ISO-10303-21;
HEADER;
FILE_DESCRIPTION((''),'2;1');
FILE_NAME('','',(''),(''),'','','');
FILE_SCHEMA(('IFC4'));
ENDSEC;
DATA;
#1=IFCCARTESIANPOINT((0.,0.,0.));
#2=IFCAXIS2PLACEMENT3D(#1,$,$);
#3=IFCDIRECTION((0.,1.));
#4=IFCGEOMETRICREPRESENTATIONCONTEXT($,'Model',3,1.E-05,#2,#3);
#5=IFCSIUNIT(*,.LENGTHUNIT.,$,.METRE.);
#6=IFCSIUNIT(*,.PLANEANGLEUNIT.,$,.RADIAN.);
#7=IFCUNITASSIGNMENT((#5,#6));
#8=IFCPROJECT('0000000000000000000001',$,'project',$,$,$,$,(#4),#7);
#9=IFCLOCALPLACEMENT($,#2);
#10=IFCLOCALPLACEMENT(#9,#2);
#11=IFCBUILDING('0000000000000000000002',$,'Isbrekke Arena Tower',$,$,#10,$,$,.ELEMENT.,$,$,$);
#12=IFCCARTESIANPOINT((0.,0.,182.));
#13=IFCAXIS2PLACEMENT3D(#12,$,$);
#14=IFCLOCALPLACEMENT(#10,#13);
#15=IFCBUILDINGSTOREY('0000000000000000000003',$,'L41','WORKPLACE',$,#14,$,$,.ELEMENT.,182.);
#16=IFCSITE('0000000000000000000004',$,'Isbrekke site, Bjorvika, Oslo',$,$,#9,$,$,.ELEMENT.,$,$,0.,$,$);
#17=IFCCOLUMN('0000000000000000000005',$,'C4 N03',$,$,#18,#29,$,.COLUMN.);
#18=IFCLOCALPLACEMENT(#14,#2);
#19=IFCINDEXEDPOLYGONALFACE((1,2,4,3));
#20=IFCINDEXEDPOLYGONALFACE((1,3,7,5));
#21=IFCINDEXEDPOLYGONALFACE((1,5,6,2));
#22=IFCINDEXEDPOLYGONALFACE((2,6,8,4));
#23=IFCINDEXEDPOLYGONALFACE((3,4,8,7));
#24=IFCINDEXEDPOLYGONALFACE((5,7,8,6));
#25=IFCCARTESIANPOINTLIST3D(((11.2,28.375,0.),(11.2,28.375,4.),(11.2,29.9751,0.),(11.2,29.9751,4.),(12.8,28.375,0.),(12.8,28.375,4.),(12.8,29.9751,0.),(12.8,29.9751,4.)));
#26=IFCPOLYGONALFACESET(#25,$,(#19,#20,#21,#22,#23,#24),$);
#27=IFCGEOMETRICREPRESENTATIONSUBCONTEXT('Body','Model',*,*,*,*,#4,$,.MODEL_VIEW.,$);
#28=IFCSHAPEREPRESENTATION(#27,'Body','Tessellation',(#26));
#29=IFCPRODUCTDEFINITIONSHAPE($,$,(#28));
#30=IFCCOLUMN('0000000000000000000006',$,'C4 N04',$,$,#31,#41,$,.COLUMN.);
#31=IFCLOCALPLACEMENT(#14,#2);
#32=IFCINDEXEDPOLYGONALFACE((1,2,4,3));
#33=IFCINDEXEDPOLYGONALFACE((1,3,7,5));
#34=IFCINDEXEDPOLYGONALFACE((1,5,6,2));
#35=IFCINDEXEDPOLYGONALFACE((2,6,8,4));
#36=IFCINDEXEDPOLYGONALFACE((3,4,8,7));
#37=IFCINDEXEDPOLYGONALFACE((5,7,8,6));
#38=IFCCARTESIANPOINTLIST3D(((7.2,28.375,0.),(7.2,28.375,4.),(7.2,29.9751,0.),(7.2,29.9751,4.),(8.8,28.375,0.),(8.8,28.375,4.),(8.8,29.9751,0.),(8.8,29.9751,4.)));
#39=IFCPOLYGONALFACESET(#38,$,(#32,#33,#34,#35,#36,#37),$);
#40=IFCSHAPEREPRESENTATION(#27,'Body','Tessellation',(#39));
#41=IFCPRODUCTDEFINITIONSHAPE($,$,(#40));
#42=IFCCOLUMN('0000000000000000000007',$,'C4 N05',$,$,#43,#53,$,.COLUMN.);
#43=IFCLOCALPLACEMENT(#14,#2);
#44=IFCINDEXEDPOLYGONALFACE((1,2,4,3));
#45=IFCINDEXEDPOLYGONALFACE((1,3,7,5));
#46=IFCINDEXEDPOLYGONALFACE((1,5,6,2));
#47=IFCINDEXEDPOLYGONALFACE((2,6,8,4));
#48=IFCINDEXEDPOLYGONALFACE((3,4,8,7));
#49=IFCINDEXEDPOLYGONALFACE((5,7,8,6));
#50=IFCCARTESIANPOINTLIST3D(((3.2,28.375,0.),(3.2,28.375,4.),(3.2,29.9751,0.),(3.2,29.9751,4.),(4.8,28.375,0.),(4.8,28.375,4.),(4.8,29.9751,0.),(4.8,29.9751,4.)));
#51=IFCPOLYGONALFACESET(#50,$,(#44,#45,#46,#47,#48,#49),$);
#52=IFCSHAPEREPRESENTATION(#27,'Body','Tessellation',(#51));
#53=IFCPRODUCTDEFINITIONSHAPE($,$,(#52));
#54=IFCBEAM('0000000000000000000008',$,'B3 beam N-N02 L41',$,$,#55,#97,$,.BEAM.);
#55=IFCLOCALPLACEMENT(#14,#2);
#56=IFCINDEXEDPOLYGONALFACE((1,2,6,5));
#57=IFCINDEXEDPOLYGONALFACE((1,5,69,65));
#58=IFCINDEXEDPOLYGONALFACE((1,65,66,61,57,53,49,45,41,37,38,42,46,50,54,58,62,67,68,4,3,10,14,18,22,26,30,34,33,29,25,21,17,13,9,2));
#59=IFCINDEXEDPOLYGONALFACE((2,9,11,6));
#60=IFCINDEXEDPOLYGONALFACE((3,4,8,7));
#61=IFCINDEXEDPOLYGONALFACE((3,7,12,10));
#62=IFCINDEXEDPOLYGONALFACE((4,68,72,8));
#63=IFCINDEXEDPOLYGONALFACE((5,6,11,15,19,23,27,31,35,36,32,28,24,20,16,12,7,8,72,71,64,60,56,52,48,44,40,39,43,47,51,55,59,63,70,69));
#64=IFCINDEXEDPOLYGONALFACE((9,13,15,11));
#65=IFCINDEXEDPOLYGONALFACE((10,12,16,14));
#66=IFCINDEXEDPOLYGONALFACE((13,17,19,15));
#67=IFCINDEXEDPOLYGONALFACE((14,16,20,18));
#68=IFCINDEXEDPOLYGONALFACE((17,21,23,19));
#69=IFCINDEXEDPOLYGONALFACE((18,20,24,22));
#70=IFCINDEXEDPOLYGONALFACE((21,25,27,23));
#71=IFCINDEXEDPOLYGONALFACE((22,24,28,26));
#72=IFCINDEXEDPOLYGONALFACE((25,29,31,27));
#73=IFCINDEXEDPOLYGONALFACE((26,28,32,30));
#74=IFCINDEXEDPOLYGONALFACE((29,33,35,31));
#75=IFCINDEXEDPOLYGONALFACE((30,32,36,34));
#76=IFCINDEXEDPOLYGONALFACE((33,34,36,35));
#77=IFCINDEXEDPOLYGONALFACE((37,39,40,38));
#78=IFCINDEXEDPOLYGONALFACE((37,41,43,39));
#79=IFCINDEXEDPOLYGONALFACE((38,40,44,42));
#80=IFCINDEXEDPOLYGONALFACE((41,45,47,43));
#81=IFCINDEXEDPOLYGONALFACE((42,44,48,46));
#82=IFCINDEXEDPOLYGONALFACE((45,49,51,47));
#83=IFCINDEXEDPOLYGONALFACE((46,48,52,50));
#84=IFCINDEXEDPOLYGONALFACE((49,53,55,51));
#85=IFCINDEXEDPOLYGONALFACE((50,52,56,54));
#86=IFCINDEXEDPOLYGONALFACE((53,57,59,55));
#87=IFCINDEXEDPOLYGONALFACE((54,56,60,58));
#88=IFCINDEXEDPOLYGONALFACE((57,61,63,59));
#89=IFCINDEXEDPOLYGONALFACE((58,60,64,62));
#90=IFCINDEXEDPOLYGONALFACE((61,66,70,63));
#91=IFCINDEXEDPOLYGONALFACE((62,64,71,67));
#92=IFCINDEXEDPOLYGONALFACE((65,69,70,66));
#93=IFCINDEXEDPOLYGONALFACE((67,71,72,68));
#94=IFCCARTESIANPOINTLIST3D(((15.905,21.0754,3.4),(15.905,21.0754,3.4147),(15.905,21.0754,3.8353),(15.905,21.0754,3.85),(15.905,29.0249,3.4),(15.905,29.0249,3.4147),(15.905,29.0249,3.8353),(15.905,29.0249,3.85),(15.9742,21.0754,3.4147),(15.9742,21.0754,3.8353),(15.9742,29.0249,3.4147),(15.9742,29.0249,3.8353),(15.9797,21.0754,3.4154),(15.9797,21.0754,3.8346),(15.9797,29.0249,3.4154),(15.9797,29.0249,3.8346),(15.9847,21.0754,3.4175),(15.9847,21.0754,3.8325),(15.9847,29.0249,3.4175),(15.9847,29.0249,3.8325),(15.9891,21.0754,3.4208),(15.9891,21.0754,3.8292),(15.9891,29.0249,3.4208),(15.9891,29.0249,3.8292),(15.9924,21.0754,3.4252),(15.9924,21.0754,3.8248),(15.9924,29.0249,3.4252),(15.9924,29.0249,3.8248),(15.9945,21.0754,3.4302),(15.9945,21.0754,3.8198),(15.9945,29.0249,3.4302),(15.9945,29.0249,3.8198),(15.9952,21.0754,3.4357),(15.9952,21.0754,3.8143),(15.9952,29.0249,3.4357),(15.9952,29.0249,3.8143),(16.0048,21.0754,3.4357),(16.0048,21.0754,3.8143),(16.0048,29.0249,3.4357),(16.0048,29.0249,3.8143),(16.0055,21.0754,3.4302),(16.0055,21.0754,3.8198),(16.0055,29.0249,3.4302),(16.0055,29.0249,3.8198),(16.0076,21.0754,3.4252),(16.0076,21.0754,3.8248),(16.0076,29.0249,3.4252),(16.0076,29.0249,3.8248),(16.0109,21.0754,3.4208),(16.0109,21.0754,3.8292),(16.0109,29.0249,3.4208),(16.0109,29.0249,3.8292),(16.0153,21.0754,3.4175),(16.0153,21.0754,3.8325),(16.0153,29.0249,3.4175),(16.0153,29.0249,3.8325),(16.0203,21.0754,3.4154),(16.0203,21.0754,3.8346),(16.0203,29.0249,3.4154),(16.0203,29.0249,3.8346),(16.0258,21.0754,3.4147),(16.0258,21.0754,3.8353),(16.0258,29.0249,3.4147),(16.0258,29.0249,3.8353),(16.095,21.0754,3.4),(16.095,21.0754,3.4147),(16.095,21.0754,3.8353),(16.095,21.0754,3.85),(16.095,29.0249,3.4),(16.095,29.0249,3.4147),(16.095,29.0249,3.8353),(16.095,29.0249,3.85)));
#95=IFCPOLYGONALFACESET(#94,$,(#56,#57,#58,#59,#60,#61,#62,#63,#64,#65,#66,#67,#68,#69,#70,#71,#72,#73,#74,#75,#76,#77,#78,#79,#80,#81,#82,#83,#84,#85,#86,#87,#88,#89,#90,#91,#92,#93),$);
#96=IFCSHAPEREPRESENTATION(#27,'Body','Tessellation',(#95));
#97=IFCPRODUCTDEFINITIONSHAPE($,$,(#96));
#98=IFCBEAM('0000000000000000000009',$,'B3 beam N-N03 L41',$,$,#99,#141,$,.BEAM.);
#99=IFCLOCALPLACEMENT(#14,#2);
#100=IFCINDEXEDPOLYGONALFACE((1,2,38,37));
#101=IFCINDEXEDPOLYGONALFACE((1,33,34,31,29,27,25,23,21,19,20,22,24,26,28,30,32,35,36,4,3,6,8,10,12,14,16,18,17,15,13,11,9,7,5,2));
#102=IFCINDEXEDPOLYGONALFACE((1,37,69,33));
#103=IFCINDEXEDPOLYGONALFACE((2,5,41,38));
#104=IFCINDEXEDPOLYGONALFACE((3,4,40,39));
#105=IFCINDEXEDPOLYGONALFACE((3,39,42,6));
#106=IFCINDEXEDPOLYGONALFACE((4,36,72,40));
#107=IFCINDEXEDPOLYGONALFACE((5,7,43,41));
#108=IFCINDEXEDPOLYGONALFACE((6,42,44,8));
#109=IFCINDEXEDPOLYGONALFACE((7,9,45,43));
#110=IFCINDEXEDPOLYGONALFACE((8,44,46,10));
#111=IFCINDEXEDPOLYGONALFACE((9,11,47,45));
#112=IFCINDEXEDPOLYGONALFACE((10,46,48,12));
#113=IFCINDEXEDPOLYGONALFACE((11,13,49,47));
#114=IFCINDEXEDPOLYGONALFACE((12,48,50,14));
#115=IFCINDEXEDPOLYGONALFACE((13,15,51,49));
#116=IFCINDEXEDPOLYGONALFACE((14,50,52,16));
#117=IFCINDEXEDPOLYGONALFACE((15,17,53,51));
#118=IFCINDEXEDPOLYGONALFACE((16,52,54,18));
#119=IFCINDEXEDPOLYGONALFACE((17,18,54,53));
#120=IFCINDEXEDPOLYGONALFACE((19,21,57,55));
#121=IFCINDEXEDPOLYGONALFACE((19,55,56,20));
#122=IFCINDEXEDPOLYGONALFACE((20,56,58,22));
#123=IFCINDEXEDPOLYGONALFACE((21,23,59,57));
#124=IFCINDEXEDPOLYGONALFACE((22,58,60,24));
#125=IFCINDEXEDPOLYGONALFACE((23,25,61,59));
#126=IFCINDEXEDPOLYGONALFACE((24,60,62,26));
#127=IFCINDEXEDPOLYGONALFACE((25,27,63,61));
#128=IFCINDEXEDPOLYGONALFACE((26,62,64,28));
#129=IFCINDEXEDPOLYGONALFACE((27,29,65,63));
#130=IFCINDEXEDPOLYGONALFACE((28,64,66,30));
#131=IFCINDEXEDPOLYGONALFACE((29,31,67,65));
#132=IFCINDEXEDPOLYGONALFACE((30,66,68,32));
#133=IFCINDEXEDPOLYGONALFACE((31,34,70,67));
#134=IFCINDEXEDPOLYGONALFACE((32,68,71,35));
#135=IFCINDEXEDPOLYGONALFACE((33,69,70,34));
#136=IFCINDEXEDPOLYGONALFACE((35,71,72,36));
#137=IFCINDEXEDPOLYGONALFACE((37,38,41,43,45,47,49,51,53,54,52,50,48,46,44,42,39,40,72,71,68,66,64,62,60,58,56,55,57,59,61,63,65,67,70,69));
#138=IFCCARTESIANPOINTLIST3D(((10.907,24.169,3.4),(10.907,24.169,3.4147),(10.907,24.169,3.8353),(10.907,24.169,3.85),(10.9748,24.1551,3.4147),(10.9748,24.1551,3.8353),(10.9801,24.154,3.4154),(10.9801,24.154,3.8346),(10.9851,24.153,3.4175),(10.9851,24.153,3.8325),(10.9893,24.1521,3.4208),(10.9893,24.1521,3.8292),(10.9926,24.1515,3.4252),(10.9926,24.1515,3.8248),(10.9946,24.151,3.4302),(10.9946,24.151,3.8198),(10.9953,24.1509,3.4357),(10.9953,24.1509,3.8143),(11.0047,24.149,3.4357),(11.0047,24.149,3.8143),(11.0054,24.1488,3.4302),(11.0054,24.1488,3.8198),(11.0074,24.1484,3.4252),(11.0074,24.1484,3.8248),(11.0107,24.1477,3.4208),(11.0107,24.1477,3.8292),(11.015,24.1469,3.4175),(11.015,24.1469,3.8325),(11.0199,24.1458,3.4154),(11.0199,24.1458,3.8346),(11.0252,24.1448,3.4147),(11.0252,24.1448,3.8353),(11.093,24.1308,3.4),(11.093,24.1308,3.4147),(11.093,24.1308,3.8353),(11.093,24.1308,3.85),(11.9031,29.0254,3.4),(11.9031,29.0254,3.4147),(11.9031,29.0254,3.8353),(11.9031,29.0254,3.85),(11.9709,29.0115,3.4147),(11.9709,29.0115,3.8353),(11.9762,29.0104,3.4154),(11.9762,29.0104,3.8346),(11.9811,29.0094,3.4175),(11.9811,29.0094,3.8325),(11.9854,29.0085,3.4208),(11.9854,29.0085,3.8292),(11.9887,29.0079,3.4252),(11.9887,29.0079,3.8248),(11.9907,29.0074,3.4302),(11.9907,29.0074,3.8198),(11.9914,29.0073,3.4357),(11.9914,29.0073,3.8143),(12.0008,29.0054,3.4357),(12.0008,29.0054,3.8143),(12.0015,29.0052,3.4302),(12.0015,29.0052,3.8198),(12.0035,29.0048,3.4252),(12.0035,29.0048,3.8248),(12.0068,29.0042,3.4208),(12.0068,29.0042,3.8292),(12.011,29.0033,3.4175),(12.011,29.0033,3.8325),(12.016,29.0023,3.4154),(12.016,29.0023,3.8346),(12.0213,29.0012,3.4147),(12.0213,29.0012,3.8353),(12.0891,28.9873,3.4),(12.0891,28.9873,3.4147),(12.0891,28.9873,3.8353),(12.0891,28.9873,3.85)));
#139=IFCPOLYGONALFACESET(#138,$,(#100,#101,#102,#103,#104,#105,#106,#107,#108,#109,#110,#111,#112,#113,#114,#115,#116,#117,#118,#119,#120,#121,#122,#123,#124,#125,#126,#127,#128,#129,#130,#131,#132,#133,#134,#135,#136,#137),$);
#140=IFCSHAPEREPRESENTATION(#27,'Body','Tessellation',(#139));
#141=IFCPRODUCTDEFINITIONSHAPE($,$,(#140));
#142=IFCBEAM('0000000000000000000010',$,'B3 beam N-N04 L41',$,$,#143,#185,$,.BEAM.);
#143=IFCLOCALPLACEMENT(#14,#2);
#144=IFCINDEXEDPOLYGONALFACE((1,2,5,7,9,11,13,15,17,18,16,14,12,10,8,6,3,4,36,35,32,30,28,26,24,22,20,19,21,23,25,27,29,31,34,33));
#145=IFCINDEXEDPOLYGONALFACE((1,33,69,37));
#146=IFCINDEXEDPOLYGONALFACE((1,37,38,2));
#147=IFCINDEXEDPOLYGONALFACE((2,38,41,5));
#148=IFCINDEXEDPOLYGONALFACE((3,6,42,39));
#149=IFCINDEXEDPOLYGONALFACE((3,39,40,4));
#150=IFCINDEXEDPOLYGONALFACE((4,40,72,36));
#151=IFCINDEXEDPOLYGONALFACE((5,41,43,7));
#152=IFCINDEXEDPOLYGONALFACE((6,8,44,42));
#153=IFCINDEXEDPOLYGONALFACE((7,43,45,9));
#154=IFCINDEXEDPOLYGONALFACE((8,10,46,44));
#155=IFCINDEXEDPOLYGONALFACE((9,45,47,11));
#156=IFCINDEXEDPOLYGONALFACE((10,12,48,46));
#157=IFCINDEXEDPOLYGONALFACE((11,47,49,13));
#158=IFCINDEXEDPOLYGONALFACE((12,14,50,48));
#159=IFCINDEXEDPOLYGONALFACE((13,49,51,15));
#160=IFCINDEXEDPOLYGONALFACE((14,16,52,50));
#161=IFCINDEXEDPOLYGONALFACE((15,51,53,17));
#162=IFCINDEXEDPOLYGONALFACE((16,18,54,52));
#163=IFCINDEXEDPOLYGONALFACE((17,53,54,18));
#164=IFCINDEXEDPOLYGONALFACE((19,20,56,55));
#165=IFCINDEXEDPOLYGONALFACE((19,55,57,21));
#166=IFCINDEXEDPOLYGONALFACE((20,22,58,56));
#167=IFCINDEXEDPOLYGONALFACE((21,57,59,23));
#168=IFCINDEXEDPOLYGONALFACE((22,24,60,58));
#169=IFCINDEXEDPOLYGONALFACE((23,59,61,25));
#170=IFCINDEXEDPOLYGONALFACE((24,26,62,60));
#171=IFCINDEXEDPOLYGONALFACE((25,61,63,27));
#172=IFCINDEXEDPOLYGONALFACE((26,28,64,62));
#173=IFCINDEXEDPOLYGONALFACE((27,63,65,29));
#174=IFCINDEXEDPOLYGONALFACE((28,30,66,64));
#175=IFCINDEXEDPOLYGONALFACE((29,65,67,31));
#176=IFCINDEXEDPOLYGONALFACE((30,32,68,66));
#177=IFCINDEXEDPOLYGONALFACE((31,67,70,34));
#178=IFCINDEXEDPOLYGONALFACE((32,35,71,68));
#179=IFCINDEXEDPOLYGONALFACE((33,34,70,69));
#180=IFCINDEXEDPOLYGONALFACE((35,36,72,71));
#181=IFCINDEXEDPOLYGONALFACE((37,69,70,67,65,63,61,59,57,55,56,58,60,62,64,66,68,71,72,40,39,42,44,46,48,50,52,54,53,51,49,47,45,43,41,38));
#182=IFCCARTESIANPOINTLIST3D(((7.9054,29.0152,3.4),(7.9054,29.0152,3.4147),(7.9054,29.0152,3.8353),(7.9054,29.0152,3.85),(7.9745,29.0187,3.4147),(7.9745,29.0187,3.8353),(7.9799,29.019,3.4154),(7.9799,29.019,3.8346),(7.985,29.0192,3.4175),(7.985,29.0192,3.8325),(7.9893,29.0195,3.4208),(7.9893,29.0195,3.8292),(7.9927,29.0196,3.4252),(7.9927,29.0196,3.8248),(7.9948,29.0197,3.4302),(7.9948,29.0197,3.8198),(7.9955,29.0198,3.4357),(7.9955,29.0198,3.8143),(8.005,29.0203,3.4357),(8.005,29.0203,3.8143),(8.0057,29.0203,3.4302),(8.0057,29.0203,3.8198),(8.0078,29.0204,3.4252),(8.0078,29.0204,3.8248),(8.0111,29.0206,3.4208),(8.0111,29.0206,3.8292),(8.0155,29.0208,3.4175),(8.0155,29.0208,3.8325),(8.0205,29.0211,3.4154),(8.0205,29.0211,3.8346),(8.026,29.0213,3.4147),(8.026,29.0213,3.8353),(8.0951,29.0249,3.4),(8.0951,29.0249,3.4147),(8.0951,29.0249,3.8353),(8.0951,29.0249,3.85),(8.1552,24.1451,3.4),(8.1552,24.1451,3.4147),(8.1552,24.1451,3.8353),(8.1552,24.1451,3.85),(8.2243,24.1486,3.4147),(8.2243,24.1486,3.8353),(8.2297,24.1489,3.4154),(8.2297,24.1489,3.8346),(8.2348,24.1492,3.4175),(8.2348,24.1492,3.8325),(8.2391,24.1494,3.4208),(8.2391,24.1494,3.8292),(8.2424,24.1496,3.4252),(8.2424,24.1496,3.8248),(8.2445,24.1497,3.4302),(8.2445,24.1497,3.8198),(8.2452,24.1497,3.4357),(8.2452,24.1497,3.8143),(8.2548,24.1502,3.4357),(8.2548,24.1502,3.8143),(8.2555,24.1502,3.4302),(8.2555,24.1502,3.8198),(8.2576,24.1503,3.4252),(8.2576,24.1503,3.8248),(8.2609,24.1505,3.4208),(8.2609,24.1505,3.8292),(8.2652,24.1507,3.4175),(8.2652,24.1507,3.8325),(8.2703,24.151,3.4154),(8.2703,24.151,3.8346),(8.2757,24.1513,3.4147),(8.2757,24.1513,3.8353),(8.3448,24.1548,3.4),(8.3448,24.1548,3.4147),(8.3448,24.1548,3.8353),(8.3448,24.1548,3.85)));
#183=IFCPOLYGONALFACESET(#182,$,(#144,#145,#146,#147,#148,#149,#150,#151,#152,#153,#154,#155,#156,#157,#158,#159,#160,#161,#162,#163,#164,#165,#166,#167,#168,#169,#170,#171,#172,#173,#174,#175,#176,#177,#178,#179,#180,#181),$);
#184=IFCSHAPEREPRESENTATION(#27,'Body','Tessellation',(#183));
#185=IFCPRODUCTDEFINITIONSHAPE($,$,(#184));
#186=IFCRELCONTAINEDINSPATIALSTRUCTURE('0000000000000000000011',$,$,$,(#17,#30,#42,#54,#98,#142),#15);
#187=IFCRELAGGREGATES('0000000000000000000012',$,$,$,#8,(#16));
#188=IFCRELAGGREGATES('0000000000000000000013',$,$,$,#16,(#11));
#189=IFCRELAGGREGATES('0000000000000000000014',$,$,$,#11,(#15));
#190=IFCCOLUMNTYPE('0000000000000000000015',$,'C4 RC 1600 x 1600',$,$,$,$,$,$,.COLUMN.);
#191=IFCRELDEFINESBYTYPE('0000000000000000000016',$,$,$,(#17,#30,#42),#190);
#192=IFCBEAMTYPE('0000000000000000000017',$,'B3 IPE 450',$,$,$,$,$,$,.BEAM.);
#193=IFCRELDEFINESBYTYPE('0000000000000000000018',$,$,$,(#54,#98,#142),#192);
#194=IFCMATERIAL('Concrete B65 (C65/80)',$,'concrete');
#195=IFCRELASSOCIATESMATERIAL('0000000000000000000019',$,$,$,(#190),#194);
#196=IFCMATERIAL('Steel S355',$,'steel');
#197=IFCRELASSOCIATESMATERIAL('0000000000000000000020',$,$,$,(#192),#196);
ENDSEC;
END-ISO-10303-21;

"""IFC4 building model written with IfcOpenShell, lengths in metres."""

from ifc_helpers import new_model, si_unit, direction, frame, origin, origin_2d, place, context, subcontext, project, spatial, rectangle, i_section, extrude, material, material_profile, profile_set, type_object, element, save


model = new_model("IFC4")

# Units and contexts
model_context = context("Model", 3, precision=1e-05, world=origin(), true_north=direction((0.0, 1.0)))
body_context = subcontext(model_context, "Body", "Model", "MODEL_VIEW")
ifc_project = project(units=[si_unit("LENGTHUNIT", "METRE"), si_unit("PLANEANGLEUNIT", "RADIAN")], contexts=[model_context])

# Site, building, storey
site_placement = place(None, origin())
site = spatial("IfcSite", under=ifc_project, at=site_placement, Name="Isbrekke site, Bjorvika, Oslo", CompositionType="ELEMENT", RefElevation=0.0)
building_placement = place(site_placement, origin())
building = spatial("IfcBuilding", under=site, at=building_placement, Name="Isbrekke Arena Tower", CompositionType="ELEMENT")
storey_placement = place(building_placement, frame((0.0, 0.0, 182.0)))
storey = spatial("IfcBuildingStorey", under=building, at=storey_placement, Name="L41", Description="WORKPLACE", CompositionType="ELEMENT", Elevation=182.0)

# Columns
ifc_material_1 = material(Name="Concrete B65 (C65/80)", Category="concrete")
ifc_material_profile_1 = material_profile(ifc_material_1, rectangle(XDim=1.6001, YDim=1.6001, at=origin_2d()), Name="RC 1600x1600")
ifc_profile_set_1 = profile_set([ifc_material_profile_1], Name="Concrete B65 (C65/80)")
column_type = type_object("IfcColumnType", Name="C4 RC 1600 x 1600", PredefinedType="COLUMN", material=ifc_profile_set_1)
for number, where, z_axis, x_axis, name in (
    (1, (12.0, 29.175, 0.0), (0.0, 0.0, 1.0), (-1.0, 0.0, 0.0), "C4 N03"),
    (2, (8.0, 29.175, 0.0), (0.0, 0.0, 1.0), (-1.0, 0.0, 0.0), "C4 N04"),
    (3, (4.0, 29.175, 0.0), (0.0, 0.0, 1.0), (-1.0, 0.0, 0.0), "C4 N05"),
):
    element("IfcColumn", number, at=place(storey_placement, frame(where, z_axis=z_axis, x_axis=x_axis)), inside=storey, type_object=column_type, Name=name, PredefinedType="COLUMN", context=body_context, shape_type="SweptSolid", body=[
        extrude(rectangle(XDim=1.6001, YDim=1.6001, at=origin_2d()), origin(), (0.0, 0.0, 1.0), 4.0),
    ])

# Beams
ifc_material_2 = material(Name="Steel S355", Category="steel")
ifc_material_profile_2 = material_profile(ifc_material_2, i_section(OverallWidth=0.1899, OverallDepth=0.45, WebThickness=0.0095, FlangeThickness=0.0146, FilletRadius=0.021, at=origin_2d()), Name="IPE 450")
ifc_profile_set_2 = profile_set([ifc_material_profile_2], Name="Steel S355")
beam_type_1 = type_object("IfcBeamType", Name="B3 IPE 450", PredefinedType="BEAM", material=ifc_profile_set_2)
beam_1_placement = place(storey_placement, frame((16.0, 29.0249, 3.625), z_axis=(0.0, -1.0, 0.0), x_axis=(1.0, 0.0, 0.0)))
element("IfcBeam", 4, at=beam_1_placement, inside=storey, type_object=beam_type_1, Name="B3 beam N-N02 L41", PredefinedType="BEAM", context=body_context, shape_type="SweptSolid", body=[
    extrude(i_section(OverallWidth=0.1899, OverallDepth=0.45, WebThickness=0.0095, FlangeThickness=0.0146, FilletRadius=0.021, at=origin_2d()), origin(), (0.0, 0.0, 1.0), 7.9495),
])
beam_2_placement = place(storey_placement, frame((11.9961, 29.0063, 3.625), z_axis=(-0.200925, -0.979607, 0.0), x_axis=(0.979607, -0.200925, 0.0)))
element("IfcBeam", 5, at=beam_2_placement, inside=storey, type_object=beam_type_1, Name="B3 beam N-N03 L41", PredefinedType="BEAM", context=body_context, shape_type="SweptSolid", body=[
    extrude(i_section(OverallWidth=0.1899, OverallDepth=0.45, WebThickness=0.0095, FlangeThickness=0.0146, FilletRadius=0.021, at=origin_2d()), origin(), (0.0, 0.0, 1.0), 4.9575),
])
beam_3_placement = place(storey_placement, frame((8.0002, 29.02, 3.625), z_axis=(0.051216, -0.998688, 0.0), x_axis=(0.998688, 0.051216, 0.0)))
element("IfcBeam", 6, at=beam_3_placement, inside=storey, type_object=beam_type_1, Name="B3 beam N-N04 L41", PredefinedType="BEAM", context=body_context, shape_type="SweptSolid", body=[
    extrude(i_section(OverallWidth=0.1899, OverallDepth=0.45, WebThickness=0.0095, FlangeThickness=0.0146, FilletRadius=0.021, at=origin_2d()), origin(), (0.0, 0.0, 1.0), 4.8765),
])

save(model, "model.ifc")
